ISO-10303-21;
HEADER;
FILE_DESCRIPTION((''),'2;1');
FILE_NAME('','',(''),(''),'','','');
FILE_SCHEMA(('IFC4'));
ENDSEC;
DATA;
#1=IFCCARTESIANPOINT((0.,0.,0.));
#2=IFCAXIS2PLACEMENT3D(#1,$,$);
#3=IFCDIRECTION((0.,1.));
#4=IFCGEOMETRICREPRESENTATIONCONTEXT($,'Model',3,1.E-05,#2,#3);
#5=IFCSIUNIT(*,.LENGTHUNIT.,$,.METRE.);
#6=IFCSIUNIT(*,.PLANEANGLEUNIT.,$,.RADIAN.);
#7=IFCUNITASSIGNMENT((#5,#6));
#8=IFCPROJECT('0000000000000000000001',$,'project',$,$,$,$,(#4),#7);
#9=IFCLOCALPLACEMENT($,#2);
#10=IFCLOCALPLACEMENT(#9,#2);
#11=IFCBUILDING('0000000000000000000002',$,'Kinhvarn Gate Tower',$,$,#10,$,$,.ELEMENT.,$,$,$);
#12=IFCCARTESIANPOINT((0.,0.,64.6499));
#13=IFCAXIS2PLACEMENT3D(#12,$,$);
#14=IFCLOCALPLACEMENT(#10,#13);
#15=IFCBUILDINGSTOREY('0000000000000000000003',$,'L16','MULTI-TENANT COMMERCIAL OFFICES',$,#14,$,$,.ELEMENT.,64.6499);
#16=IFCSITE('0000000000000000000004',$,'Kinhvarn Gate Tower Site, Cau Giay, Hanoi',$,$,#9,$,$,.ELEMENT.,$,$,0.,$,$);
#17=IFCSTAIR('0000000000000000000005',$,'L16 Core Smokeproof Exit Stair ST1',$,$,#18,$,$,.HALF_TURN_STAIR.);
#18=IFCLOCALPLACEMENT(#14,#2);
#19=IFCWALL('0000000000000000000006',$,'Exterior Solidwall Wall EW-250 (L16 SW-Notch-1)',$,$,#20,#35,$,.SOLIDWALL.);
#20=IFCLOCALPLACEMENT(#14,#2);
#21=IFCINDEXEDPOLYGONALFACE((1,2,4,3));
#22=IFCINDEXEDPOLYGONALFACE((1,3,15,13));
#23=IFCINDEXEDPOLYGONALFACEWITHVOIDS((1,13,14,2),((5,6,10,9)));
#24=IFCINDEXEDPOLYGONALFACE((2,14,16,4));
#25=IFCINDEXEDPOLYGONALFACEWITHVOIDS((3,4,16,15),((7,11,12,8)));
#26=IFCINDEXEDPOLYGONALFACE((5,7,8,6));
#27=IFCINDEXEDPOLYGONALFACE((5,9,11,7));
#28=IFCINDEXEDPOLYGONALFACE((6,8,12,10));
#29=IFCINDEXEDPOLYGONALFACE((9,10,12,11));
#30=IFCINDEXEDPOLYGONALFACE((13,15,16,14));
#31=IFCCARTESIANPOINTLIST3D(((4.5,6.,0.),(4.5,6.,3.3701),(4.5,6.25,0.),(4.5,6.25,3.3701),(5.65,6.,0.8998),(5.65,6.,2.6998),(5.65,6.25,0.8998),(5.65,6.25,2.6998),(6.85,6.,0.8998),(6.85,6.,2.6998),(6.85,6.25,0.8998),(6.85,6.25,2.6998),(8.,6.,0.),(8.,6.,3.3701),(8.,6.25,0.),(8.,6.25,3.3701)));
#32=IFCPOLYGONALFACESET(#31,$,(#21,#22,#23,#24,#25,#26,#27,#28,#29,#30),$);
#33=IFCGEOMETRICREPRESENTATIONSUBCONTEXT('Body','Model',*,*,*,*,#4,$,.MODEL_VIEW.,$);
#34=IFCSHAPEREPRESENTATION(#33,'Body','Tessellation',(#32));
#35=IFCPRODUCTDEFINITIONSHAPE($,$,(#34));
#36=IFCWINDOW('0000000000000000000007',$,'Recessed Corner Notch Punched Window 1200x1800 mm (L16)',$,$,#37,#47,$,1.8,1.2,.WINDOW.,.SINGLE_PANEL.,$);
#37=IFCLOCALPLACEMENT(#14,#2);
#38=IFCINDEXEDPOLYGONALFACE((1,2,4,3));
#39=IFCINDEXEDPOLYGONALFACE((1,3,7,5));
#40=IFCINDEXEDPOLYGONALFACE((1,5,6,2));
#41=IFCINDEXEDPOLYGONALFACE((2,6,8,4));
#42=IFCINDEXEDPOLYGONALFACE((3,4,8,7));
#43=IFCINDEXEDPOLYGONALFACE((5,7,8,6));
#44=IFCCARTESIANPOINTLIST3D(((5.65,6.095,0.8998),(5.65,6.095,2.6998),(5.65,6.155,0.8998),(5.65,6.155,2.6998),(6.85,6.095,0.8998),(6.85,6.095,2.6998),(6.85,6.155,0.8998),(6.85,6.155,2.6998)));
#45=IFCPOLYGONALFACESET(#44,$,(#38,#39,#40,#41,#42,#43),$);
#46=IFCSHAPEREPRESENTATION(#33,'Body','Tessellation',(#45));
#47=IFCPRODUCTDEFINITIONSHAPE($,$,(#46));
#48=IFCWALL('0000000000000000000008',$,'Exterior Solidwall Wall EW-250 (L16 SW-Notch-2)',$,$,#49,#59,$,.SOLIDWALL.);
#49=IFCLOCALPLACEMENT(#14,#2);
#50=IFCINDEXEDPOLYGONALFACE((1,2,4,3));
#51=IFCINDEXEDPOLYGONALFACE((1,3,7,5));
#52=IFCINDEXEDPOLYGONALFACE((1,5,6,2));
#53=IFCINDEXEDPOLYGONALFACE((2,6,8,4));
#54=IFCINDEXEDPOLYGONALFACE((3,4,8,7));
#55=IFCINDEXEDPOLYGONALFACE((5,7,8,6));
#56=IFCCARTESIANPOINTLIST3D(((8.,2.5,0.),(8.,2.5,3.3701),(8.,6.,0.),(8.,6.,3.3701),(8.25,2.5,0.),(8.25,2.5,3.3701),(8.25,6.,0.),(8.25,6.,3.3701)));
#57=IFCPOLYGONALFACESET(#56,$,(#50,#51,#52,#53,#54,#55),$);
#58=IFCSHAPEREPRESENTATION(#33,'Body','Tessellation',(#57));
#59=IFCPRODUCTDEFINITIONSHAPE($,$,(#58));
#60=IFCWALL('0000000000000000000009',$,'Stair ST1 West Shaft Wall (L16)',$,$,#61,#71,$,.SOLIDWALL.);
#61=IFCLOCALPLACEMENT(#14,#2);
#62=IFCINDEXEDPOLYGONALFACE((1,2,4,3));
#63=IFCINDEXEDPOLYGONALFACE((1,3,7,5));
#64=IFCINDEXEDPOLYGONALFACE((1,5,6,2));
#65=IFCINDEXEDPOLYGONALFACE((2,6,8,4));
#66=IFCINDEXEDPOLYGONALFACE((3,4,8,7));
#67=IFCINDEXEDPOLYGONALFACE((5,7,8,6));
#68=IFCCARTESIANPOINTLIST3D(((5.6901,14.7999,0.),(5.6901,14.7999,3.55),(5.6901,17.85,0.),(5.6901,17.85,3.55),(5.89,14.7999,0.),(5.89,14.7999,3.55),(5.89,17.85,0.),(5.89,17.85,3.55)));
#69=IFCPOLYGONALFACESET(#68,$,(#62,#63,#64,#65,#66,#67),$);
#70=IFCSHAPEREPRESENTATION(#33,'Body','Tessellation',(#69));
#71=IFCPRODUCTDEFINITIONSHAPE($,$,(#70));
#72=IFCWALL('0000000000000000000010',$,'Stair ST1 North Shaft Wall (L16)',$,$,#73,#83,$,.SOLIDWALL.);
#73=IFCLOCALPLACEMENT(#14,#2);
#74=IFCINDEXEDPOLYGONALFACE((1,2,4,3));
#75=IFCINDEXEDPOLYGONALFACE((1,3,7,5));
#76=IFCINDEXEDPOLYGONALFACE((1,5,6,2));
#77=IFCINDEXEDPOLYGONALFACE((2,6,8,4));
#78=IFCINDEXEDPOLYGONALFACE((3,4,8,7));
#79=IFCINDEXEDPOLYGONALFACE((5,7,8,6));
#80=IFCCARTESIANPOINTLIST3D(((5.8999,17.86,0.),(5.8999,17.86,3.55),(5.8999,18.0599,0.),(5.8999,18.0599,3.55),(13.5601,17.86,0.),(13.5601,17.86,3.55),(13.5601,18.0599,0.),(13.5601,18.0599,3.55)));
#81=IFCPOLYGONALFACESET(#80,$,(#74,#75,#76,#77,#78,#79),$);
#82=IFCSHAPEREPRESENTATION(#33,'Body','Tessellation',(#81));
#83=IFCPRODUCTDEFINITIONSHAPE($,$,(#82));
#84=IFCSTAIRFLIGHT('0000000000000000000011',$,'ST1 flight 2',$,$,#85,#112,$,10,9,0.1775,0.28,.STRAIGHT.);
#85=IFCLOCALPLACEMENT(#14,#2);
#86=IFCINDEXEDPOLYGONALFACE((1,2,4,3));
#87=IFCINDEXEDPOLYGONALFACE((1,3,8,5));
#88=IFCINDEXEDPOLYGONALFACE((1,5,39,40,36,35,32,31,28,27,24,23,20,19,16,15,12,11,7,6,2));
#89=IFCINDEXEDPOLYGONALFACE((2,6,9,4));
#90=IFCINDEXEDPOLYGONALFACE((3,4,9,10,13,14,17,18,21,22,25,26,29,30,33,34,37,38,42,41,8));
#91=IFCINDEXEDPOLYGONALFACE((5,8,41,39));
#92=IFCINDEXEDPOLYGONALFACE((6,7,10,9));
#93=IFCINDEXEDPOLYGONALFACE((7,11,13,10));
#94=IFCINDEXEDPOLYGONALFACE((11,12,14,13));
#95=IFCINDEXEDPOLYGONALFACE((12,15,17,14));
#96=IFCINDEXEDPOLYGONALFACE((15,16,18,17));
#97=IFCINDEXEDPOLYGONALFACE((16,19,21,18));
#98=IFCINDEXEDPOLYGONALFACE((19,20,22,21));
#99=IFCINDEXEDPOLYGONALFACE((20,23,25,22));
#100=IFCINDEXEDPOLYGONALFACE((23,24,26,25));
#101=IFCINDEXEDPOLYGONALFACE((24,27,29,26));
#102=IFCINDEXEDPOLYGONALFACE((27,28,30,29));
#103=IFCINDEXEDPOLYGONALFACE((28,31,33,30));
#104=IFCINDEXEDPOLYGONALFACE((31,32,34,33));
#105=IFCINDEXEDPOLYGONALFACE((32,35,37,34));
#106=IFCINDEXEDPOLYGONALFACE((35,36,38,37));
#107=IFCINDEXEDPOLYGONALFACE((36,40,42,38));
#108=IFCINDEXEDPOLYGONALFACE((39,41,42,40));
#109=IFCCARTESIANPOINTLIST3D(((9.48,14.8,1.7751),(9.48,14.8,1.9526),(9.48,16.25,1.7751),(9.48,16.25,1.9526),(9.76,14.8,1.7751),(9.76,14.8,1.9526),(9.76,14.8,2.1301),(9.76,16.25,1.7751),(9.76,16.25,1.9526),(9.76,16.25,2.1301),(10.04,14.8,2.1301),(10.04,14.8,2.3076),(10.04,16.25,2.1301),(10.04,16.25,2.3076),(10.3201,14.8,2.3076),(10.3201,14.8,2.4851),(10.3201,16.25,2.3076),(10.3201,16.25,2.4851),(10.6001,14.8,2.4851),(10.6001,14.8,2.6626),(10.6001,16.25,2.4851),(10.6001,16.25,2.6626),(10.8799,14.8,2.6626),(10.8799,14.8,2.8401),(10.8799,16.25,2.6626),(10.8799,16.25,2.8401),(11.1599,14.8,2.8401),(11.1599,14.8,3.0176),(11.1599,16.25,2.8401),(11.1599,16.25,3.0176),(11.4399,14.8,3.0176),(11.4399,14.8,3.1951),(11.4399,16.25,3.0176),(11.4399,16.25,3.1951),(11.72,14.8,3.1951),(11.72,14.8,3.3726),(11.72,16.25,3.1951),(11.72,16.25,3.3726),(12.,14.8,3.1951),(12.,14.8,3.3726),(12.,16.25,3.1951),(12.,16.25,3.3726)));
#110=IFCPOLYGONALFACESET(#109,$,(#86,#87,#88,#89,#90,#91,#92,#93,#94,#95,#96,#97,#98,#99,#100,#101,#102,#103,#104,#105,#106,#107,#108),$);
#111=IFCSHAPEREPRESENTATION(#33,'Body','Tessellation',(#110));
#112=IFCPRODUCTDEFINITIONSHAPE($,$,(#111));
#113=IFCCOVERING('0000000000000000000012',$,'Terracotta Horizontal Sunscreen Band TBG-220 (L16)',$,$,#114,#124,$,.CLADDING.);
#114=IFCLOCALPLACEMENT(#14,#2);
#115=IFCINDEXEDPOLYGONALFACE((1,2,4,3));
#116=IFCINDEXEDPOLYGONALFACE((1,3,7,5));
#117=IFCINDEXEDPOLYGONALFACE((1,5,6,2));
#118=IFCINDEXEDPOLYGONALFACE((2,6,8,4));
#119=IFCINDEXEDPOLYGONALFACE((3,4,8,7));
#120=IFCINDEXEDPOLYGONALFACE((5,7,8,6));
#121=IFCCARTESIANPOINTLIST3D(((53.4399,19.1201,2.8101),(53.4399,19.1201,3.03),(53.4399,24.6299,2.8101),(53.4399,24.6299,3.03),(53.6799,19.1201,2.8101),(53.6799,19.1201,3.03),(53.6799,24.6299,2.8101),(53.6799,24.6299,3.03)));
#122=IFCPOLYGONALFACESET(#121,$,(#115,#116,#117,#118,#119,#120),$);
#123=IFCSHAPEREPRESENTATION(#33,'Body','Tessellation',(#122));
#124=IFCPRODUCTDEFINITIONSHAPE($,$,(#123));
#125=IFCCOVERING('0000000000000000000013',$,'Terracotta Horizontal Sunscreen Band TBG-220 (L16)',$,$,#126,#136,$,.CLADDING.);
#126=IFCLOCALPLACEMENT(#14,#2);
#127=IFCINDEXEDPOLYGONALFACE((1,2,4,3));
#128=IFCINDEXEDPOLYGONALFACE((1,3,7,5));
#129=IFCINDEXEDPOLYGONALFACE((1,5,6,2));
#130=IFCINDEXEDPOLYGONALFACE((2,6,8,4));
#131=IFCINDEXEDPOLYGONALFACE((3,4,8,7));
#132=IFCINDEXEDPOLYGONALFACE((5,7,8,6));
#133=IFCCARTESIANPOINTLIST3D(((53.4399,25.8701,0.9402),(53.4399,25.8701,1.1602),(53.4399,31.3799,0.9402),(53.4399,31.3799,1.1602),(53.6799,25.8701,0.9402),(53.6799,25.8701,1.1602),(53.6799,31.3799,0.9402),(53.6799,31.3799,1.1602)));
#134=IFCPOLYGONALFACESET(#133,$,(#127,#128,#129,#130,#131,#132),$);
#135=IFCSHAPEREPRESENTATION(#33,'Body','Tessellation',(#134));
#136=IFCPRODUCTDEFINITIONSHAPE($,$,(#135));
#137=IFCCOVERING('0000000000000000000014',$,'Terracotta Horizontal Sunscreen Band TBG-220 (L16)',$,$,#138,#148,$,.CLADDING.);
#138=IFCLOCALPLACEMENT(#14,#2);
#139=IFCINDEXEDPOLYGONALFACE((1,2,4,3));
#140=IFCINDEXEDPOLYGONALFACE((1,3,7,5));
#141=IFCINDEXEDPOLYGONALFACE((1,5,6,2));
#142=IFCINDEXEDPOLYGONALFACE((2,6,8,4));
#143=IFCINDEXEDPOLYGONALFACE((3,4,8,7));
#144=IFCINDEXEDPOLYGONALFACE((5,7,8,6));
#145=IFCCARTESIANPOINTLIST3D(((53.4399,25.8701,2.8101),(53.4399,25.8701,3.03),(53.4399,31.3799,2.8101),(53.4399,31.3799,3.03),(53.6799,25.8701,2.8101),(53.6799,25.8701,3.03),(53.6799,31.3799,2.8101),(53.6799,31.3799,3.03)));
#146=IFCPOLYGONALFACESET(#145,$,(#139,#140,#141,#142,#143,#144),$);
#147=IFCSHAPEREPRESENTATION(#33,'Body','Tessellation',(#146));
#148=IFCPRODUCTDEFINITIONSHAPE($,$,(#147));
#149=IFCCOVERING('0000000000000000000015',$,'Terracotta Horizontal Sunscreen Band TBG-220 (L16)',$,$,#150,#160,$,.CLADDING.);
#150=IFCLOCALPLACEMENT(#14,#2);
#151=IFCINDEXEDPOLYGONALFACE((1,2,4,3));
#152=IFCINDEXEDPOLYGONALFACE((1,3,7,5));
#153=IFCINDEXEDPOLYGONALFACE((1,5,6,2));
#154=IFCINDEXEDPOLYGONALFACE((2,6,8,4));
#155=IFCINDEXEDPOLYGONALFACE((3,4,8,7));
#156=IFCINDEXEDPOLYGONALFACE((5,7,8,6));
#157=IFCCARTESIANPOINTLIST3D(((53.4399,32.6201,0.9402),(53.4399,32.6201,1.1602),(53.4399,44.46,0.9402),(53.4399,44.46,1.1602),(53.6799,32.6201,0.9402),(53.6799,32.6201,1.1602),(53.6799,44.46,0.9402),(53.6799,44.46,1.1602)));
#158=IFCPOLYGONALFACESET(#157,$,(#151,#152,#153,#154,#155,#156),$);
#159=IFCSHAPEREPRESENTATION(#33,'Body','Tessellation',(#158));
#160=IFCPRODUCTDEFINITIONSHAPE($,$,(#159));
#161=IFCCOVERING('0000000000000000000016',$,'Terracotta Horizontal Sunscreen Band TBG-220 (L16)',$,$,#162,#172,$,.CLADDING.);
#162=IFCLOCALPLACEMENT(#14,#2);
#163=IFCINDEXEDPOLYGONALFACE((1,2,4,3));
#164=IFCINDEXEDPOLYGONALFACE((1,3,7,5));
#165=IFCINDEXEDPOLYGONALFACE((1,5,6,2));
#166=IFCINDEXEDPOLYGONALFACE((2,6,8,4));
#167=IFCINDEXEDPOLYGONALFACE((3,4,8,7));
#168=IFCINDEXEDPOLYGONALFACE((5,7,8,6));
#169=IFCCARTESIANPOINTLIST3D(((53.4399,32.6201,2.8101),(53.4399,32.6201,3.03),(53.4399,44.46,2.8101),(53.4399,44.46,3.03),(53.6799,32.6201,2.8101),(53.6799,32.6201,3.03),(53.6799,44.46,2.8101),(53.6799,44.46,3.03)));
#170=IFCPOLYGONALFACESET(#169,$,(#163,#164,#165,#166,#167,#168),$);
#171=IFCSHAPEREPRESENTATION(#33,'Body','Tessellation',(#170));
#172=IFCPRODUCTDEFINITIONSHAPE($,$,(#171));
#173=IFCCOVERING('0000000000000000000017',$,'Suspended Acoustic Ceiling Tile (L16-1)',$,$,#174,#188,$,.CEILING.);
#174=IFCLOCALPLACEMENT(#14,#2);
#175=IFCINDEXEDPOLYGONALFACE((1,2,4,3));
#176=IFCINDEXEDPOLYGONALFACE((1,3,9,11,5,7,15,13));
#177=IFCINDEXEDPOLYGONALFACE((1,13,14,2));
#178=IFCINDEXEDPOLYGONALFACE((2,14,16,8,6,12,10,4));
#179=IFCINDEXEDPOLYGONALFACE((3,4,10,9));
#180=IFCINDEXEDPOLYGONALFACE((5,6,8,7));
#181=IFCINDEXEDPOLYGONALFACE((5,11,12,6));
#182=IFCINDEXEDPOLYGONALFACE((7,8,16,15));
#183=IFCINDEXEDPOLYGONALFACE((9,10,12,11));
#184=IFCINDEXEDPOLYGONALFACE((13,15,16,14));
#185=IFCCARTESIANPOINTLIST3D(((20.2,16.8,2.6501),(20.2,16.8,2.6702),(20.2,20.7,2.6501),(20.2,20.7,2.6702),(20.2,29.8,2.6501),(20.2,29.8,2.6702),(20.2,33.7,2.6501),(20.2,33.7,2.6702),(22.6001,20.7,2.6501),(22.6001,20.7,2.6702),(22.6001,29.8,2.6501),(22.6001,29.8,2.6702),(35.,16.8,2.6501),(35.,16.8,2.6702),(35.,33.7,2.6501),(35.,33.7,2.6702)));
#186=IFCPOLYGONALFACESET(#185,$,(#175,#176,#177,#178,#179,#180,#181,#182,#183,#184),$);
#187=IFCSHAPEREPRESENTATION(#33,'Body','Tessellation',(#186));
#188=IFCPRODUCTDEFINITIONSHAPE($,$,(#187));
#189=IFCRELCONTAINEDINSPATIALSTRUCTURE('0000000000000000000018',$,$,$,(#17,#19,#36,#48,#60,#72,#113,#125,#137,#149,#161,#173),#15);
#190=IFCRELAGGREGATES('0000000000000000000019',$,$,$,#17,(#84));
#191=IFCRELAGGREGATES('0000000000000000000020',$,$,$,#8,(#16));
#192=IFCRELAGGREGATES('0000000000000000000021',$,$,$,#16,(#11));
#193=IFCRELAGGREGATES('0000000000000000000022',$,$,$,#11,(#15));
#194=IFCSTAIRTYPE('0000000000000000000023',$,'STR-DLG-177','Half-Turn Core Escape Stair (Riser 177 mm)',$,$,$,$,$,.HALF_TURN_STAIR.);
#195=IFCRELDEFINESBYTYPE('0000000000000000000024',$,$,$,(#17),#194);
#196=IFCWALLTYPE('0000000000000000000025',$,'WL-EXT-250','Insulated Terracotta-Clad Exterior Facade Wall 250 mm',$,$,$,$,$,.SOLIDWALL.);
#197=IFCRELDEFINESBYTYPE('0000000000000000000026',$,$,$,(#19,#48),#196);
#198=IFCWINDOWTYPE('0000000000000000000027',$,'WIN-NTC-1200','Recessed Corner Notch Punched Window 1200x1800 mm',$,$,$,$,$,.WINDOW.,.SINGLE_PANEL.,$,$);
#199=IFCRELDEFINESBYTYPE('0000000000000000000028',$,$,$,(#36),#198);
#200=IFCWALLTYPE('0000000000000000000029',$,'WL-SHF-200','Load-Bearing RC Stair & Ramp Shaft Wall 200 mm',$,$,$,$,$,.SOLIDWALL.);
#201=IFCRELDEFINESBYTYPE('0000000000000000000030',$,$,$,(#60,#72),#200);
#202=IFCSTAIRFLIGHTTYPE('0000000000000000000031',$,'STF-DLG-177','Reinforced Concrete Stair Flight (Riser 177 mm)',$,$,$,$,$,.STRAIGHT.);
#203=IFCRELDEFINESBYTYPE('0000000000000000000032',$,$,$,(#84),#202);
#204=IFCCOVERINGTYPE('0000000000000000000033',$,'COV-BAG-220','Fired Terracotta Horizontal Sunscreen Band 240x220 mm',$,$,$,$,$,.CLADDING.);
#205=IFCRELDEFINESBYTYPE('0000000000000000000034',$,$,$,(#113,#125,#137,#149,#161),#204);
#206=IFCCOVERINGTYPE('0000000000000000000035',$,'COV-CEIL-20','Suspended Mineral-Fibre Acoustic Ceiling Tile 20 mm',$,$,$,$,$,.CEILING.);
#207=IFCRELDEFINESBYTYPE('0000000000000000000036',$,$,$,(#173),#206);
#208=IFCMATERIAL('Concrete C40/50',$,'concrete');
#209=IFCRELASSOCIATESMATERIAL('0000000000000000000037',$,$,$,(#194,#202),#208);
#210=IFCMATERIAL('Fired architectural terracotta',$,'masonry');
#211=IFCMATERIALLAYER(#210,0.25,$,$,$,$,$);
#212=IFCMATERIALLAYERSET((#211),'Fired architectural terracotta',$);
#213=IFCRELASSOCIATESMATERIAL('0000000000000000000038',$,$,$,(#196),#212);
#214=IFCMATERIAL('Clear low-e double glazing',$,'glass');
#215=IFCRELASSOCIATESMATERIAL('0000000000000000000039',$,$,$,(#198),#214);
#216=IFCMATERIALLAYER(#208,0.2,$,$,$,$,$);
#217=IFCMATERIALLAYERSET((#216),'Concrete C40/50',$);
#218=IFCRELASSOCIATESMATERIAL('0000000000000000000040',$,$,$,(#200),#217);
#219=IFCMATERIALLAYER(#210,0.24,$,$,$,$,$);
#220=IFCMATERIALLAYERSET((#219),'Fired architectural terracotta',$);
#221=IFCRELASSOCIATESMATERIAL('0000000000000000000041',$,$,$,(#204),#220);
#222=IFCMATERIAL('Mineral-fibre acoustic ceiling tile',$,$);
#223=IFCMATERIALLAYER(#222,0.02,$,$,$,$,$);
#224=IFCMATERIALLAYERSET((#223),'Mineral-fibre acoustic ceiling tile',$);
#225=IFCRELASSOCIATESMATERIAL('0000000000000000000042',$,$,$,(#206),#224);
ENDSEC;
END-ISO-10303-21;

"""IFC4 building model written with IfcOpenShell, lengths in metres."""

from ifc_helpers import new_model, si_unit, direction, frame, frame_2d, origin, place, context, subcontext, project, spatial, polyline, rectangle, outline, extrude, material, layer, layer_set, type_object, element, fill, aggregate, save


model = new_model("IFC4")

# Units and contexts
model_context = context("Model", 3, precision=1e-05, world=origin(), true_north=direction((0.0, 1.0)))
body_context = subcontext(model_context, "Body", "Model", "MODEL_VIEW")
ifc_project = project(units=[si_unit("LENGTHUNIT", "METRE"), si_unit("PLANEANGLEUNIT", "RADIAN")], contexts=[model_context])

# Site, building, storey
site_placement = place(None, origin())
site = spatial("IfcSite", under=ifc_project, at=site_placement, Name="Kinhvarn Gate Tower Site, Cau Giay, Hanoi", CompositionType="ELEMENT", RefElevation=0.0)
building_placement = place(site_placement, origin())
building = spatial("IfcBuilding", under=site, at=building_placement, Name="Kinhvarn Gate Tower", CompositionType="ELEMENT")
storey_placement = place(building_placement, frame((0.0, 0.0, 64.6499)))
storey = spatial("IfcBuildingStorey", under=building, at=storey_placement, Name="L16", Description="MULTI-TENANT COMMERCIAL OFFICES", CompositionType="ELEMENT", Elevation=64.6499)

# Shared definitions
ifc_material_1 = material(Name="Clear low-e double glazing", Category="glass")

# Stair
ifc_material_2 = material(Name="Concrete C40/50", Category="concrete")
stair_type = type_object("IfcStairType", Name="STR-DLG-177", Description="Half-Turn Core Escape Stair (Riser 177 mm)", PredefinedType="HALF_TURN_STAIR", material=ifc_material_2)
stair_1_placement = place(storey_placement, origin())
stair_1 = element("IfcStair", 1, at=stair_1_placement, inside=storey, type_object=stair_type, Name="L16 Core Smokeproof Exit Stair ST1", PredefinedType="HALF_TURN_STAIR")

# Wall, opening, window
ifc_material_3 = material(Name="Fired architectural terracotta", Category="masonry")
ifc_layer_1 = layer(ifc_material_3, 0.25)
ifc_layer_set_1 = layer_set([ifc_layer_1], Name="Fired architectural terracotta")
wall_type_1 = type_object("IfcWallType", Name="WL-EXT-250", Description="Insulated Terracotta-Clad Exterior Facade Wall 250 mm", PredefinedType="SOLIDWALL", material=ifc_layer_set_1)
wall_1_placement = place(storey_placement, frame((4.5, 6.125, 0.0), z_axis=(0.0, 0.0, 1.0), x_axis=(1.0, 0.0, 0.0)))
wall_1 = element("IfcWall", 2, at=wall_1_placement, inside=storey, type_object=wall_type_1, Name="Exterior Solidwall Wall EW-250 (L16 SW-Notch-1)", PredefinedType="SOLIDWALL", context=body_context, shape_type="SweptSolid", body=[
    extrude(rectangle(XDim=3.5, YDim=0.25, at=frame_2d((1.75, 0.0))), origin(), (0.0, 0.0, 1.0), 3.3701),
])
opening_1_placement = place(wall_1_placement, frame((1.1499, 0.0, 0.8999)))
opening_1 = element("IfcOpeningElement", 3, at=opening_1_placement, cuts=wall_1, PredefinedType="OPENING", context=body_context, shape_type="SweptSolid", body=[
    extrude(rectangle(XDim=1.2, YDim=1.8, at=frame_2d((0.6001, 0.8999))), frame((0.0, 0.135, 0.0), z_axis=(0.0, -1.0, 0.0), x_axis=(1.0, 0.0, 0.0)), (0.0, 0.0, 1.0), 0.27),
])
window_type_1 = type_object("IfcWindowType", Name="WIN-NTC-1200", Description="Recessed Corner Notch Punched Window 1200x1800 mm", PartitioningType="SINGLE_PANEL", PredefinedType="WINDOW", material=ifc_material_1)
window_1_placement = place(opening_1_placement, origin())
window_1 = element("IfcWindow", 4, at=window_1_placement, inside=storey, type_object=window_type_1, Name="Recessed Corner Notch Punched Window 1200x1800 mm (L16)", OverallHeight=1.8, OverallWidth=1.2, PartitioningType="SINGLE_PANEL", PredefinedType="WINDOW", context=body_context, shape_type="SweptSolid", body=[
    extrude(rectangle(XDim=1.2, YDim=1.8, at=frame_2d((0.6001, 0.8999))), frame((0.0, 0.03, 0.0), z_axis=(0.0, -1.0, 0.0), x_axis=(1.0, 0.0, 0.0)), (0.0, 0.0, 1.0), 0.0601),
])
fill(opening_1, window_1)

# Walls
wall_2_placement = place(storey_placement, frame((8.125, 6.0, 0.0), z_axis=(0.0, 0.0, 1.0), x_axis=(0.0, -1.0, 0.0)))
element("IfcWall", 5, at=wall_2_placement, inside=storey, type_object=wall_type_1, Name="Exterior Solidwall Wall EW-250 (L16 SW-Notch-2)", PredefinedType="SOLIDWALL", context=body_context, shape_type="SweptSolid", body=[
    extrude(rectangle(XDim=3.5, YDim=0.25, at=frame_2d((1.75, 0.0))), origin(), (0.0, 0.0, 1.0), 3.3701),
])
ifc_layer_2 = layer(ifc_material_2, 0.2)
ifc_layer_set_2 = layer_set([ifc_layer_2], Name="Concrete C40/50")
wall_type_2 = type_object("IfcWallType", Name="WL-SHF-200", Description="Load-Bearing RC Stair & Ramp Shaft Wall 200 mm", PredefinedType="SOLIDWALL", material=ifc_layer_set_2)
wall_3_placement = place(storey_placement, frame((5.79, 14.8, 0.0), z_axis=(0.0, 0.0, 1.0), x_axis=(0.0, 1.0, 0.0)))
element("IfcWall", 6, at=wall_3_placement, inside=storey, type_object=wall_type_2, Name="Stair ST1 West Shaft Wall (L16)", PredefinedType="SOLIDWALL", context=body_context, shape_type="SweptSolid", body=[
    extrude(rectangle(XDim=3.05, YDim=0.2, at=frame_2d((1.5249, 0.0))), origin(), (0.0, 0.0, 1.0), 3.55),
])
wall_4_placement = place(storey_placement, frame((5.8999, 17.96, 0.0), z_axis=(0.0, 0.0, 1.0), x_axis=(1.0, 0.0, 0.0)))
element("IfcWall", 7, at=wall_4_placement, inside=storey, type_object=wall_type_2, Name="Stair ST1 North Shaft Wall (L16)", PredefinedType="SOLIDWALL", context=body_context, shape_type="SweptSolid", body=[
    extrude(rectangle(XDim=7.6602, YDim=0.2, at=frame_2d((3.8301, 0.0))), origin(), (0.0, 0.0, 1.0), 3.55),
])

# Stair flight
stair_flight_type = type_object("IfcStairFlightType", Name="STF-DLG-177", Description="Reinforced Concrete Stair Flight (Riser 177 mm)", PredefinedType="STRAIGHT", material=ifc_material_2)
stair_flight_placement = place(storey_placement, frame((9.48, 15.5249, 1.7751), z_axis=(0.0, 0.0, 1.0), x_axis=(1.0, 0.0, 0.0)))
stair_flight = element("IfcStairFlight", 8, at=stair_flight_placement, type_object=stair_flight_type, Name="ST1 flight 2", NumberOfRisers=10, NumberOfTreads=9, PredefinedType="STRAIGHT", RiserHeight=0.1775, TreadLength=0.28, context=body_context, shape_type="SweptSolid", body=[
    extrude(outline(polyline([(0.0, 0.0), (0.0, 0.1775), (0.28, 0.1775), (0.28, 0.355), (0.5601, 0.355), (0.5601, 0.5325), (0.8401, 0.5325), (0.8401, 0.71), (1.1201, 0.71), (1.1201, 0.8875), (1.3999, 0.8875), (1.3999, 1.0649), (1.6799, 1.0649), (1.6799, 1.2424), (1.96, 1.2424), (1.96, 1.4199), (2.24, 1.4199), (2.24, 1.5974), (2.52, 1.5974), (2.52, 1.7749), (2.52, 1.4199), (0.28, 0.0), (0.0, 0.0)])), frame((0.0, 0.7251, 0.0), z_axis=(0.0, -1.0, 0.0), x_axis=(1.0, 0.0, 0.0)), (0.0, 0.0, 1.0), 1.45),
])
aggregate(stair_1, [stair_flight])

# Coverings
ifc_layer_3 = layer(ifc_material_3, 0.24)
ifc_layer_set_3 = layer_set([ifc_layer_3], Name="Fired architectural terracotta")
covering_type_1 = type_object("IfcCoveringType", Name="COV-BAG-220", Description="Fired Terracotta Horizontal Sunscreen Band 240x220 mm", PredefinedType="CLADDING", material=ifc_layer_set_3)
covering_1_placement = place(storey_placement, frame((0.0, 0.0, 2.8101)))
element("IfcCovering", 9, at=covering_1_placement, inside=storey, type_object=covering_type_1, Name="Terracotta Horizontal Sunscreen Band TBG-220 (L16)", PredefinedType="CLADDING", context=body_context, shape_type="SweptSolid", body=[
    extrude(outline(polyline([(53.4399, 19.1201), (53.4399, 24.6299), (53.6799, 24.6299), (53.6799, 19.1201), (53.4399, 19.1201)])), origin(), (0.0, 0.0, 1.0), 0.22),
])
for number, where, name in (
    (10, (0.0, 0.0, 0.9402), "Terracotta Horizontal Sunscreen Band TBG-220 (L16)"),
    (11, (0.0, 0.0, 2.8101), "Terracotta Horizontal Sunscreen Band TBG-220 (L16)"),
):
    element("IfcCovering", number, at=place(storey_placement, frame(where)), inside=storey, type_object=covering_type_1, Name=name, PredefinedType="CLADDING", context=body_context, shape_type="SweptSolid", body=[
        extrude(outline(polyline([(53.4399, 25.8701), (53.4399, 31.3799), (53.6799, 31.3799), (53.6799, 25.8701), (53.4399, 25.8701)])), origin(), (0.0, 0.0, 1.0), 0.22),
    ])
for number, where, name in (
    (12, (0.0, 0.0, 0.9402), "Terracotta Horizontal Sunscreen Band TBG-220 (L16)"),
    (13, (0.0, 0.0, 2.8101), "Terracotta Horizontal Sunscreen Band TBG-220 (L16)"),
):
    element("IfcCovering", number, at=place(storey_placement, frame(where)), inside=storey, type_object=covering_type_1, Name=name, PredefinedType="CLADDING", context=body_context, shape_type="SweptSolid", body=[
        extrude(outline(polyline([(53.4399, 32.6201), (53.4399, 44.46), (53.6799, 44.46), (53.6799, 32.6201), (53.4399, 32.6201)])), origin(), (0.0, 0.0, 1.0), 0.22),
    ])
ifc_material_4 = material(Name="Mineral-fibre acoustic ceiling tile")
ifc_layer_4 = layer(ifc_material_4, 0.02)
ifc_layer_set_4 = layer_set([ifc_layer_4], Name="Mineral-fibre acoustic ceiling tile")
covering_type_2 = type_object("IfcCoveringType", Name="COV-CEIL-20", Description="Suspended Mineral-Fibre Acoustic Ceiling Tile 20 mm", PredefinedType="CEILING", material=ifc_layer_set_4)
covering_2_placement = place(storey_placement, frame((0.0, 0.0, 2.6501)))
element("IfcCovering", 14, at=covering_2_placement, inside=storey, type_object=covering_type_2, Name="Suspended Acoustic Ceiling Tile (L16-1)", PredefinedType="CEILING", context=body_context, shape_type="SweptSolid", body=[
    extrude(outline(polyline([(35.0, 33.7), (35.0, 16.8), (20.2, 16.8), (20.2, 20.7), (22.6001, 20.7), (22.6001, 29.8), (20.2, 29.8), (20.2, 33.7), (35.0, 33.7)])), origin(), (0.0, 0.0, 1.0), 0.02),
])

save(model, "model.ifc")
